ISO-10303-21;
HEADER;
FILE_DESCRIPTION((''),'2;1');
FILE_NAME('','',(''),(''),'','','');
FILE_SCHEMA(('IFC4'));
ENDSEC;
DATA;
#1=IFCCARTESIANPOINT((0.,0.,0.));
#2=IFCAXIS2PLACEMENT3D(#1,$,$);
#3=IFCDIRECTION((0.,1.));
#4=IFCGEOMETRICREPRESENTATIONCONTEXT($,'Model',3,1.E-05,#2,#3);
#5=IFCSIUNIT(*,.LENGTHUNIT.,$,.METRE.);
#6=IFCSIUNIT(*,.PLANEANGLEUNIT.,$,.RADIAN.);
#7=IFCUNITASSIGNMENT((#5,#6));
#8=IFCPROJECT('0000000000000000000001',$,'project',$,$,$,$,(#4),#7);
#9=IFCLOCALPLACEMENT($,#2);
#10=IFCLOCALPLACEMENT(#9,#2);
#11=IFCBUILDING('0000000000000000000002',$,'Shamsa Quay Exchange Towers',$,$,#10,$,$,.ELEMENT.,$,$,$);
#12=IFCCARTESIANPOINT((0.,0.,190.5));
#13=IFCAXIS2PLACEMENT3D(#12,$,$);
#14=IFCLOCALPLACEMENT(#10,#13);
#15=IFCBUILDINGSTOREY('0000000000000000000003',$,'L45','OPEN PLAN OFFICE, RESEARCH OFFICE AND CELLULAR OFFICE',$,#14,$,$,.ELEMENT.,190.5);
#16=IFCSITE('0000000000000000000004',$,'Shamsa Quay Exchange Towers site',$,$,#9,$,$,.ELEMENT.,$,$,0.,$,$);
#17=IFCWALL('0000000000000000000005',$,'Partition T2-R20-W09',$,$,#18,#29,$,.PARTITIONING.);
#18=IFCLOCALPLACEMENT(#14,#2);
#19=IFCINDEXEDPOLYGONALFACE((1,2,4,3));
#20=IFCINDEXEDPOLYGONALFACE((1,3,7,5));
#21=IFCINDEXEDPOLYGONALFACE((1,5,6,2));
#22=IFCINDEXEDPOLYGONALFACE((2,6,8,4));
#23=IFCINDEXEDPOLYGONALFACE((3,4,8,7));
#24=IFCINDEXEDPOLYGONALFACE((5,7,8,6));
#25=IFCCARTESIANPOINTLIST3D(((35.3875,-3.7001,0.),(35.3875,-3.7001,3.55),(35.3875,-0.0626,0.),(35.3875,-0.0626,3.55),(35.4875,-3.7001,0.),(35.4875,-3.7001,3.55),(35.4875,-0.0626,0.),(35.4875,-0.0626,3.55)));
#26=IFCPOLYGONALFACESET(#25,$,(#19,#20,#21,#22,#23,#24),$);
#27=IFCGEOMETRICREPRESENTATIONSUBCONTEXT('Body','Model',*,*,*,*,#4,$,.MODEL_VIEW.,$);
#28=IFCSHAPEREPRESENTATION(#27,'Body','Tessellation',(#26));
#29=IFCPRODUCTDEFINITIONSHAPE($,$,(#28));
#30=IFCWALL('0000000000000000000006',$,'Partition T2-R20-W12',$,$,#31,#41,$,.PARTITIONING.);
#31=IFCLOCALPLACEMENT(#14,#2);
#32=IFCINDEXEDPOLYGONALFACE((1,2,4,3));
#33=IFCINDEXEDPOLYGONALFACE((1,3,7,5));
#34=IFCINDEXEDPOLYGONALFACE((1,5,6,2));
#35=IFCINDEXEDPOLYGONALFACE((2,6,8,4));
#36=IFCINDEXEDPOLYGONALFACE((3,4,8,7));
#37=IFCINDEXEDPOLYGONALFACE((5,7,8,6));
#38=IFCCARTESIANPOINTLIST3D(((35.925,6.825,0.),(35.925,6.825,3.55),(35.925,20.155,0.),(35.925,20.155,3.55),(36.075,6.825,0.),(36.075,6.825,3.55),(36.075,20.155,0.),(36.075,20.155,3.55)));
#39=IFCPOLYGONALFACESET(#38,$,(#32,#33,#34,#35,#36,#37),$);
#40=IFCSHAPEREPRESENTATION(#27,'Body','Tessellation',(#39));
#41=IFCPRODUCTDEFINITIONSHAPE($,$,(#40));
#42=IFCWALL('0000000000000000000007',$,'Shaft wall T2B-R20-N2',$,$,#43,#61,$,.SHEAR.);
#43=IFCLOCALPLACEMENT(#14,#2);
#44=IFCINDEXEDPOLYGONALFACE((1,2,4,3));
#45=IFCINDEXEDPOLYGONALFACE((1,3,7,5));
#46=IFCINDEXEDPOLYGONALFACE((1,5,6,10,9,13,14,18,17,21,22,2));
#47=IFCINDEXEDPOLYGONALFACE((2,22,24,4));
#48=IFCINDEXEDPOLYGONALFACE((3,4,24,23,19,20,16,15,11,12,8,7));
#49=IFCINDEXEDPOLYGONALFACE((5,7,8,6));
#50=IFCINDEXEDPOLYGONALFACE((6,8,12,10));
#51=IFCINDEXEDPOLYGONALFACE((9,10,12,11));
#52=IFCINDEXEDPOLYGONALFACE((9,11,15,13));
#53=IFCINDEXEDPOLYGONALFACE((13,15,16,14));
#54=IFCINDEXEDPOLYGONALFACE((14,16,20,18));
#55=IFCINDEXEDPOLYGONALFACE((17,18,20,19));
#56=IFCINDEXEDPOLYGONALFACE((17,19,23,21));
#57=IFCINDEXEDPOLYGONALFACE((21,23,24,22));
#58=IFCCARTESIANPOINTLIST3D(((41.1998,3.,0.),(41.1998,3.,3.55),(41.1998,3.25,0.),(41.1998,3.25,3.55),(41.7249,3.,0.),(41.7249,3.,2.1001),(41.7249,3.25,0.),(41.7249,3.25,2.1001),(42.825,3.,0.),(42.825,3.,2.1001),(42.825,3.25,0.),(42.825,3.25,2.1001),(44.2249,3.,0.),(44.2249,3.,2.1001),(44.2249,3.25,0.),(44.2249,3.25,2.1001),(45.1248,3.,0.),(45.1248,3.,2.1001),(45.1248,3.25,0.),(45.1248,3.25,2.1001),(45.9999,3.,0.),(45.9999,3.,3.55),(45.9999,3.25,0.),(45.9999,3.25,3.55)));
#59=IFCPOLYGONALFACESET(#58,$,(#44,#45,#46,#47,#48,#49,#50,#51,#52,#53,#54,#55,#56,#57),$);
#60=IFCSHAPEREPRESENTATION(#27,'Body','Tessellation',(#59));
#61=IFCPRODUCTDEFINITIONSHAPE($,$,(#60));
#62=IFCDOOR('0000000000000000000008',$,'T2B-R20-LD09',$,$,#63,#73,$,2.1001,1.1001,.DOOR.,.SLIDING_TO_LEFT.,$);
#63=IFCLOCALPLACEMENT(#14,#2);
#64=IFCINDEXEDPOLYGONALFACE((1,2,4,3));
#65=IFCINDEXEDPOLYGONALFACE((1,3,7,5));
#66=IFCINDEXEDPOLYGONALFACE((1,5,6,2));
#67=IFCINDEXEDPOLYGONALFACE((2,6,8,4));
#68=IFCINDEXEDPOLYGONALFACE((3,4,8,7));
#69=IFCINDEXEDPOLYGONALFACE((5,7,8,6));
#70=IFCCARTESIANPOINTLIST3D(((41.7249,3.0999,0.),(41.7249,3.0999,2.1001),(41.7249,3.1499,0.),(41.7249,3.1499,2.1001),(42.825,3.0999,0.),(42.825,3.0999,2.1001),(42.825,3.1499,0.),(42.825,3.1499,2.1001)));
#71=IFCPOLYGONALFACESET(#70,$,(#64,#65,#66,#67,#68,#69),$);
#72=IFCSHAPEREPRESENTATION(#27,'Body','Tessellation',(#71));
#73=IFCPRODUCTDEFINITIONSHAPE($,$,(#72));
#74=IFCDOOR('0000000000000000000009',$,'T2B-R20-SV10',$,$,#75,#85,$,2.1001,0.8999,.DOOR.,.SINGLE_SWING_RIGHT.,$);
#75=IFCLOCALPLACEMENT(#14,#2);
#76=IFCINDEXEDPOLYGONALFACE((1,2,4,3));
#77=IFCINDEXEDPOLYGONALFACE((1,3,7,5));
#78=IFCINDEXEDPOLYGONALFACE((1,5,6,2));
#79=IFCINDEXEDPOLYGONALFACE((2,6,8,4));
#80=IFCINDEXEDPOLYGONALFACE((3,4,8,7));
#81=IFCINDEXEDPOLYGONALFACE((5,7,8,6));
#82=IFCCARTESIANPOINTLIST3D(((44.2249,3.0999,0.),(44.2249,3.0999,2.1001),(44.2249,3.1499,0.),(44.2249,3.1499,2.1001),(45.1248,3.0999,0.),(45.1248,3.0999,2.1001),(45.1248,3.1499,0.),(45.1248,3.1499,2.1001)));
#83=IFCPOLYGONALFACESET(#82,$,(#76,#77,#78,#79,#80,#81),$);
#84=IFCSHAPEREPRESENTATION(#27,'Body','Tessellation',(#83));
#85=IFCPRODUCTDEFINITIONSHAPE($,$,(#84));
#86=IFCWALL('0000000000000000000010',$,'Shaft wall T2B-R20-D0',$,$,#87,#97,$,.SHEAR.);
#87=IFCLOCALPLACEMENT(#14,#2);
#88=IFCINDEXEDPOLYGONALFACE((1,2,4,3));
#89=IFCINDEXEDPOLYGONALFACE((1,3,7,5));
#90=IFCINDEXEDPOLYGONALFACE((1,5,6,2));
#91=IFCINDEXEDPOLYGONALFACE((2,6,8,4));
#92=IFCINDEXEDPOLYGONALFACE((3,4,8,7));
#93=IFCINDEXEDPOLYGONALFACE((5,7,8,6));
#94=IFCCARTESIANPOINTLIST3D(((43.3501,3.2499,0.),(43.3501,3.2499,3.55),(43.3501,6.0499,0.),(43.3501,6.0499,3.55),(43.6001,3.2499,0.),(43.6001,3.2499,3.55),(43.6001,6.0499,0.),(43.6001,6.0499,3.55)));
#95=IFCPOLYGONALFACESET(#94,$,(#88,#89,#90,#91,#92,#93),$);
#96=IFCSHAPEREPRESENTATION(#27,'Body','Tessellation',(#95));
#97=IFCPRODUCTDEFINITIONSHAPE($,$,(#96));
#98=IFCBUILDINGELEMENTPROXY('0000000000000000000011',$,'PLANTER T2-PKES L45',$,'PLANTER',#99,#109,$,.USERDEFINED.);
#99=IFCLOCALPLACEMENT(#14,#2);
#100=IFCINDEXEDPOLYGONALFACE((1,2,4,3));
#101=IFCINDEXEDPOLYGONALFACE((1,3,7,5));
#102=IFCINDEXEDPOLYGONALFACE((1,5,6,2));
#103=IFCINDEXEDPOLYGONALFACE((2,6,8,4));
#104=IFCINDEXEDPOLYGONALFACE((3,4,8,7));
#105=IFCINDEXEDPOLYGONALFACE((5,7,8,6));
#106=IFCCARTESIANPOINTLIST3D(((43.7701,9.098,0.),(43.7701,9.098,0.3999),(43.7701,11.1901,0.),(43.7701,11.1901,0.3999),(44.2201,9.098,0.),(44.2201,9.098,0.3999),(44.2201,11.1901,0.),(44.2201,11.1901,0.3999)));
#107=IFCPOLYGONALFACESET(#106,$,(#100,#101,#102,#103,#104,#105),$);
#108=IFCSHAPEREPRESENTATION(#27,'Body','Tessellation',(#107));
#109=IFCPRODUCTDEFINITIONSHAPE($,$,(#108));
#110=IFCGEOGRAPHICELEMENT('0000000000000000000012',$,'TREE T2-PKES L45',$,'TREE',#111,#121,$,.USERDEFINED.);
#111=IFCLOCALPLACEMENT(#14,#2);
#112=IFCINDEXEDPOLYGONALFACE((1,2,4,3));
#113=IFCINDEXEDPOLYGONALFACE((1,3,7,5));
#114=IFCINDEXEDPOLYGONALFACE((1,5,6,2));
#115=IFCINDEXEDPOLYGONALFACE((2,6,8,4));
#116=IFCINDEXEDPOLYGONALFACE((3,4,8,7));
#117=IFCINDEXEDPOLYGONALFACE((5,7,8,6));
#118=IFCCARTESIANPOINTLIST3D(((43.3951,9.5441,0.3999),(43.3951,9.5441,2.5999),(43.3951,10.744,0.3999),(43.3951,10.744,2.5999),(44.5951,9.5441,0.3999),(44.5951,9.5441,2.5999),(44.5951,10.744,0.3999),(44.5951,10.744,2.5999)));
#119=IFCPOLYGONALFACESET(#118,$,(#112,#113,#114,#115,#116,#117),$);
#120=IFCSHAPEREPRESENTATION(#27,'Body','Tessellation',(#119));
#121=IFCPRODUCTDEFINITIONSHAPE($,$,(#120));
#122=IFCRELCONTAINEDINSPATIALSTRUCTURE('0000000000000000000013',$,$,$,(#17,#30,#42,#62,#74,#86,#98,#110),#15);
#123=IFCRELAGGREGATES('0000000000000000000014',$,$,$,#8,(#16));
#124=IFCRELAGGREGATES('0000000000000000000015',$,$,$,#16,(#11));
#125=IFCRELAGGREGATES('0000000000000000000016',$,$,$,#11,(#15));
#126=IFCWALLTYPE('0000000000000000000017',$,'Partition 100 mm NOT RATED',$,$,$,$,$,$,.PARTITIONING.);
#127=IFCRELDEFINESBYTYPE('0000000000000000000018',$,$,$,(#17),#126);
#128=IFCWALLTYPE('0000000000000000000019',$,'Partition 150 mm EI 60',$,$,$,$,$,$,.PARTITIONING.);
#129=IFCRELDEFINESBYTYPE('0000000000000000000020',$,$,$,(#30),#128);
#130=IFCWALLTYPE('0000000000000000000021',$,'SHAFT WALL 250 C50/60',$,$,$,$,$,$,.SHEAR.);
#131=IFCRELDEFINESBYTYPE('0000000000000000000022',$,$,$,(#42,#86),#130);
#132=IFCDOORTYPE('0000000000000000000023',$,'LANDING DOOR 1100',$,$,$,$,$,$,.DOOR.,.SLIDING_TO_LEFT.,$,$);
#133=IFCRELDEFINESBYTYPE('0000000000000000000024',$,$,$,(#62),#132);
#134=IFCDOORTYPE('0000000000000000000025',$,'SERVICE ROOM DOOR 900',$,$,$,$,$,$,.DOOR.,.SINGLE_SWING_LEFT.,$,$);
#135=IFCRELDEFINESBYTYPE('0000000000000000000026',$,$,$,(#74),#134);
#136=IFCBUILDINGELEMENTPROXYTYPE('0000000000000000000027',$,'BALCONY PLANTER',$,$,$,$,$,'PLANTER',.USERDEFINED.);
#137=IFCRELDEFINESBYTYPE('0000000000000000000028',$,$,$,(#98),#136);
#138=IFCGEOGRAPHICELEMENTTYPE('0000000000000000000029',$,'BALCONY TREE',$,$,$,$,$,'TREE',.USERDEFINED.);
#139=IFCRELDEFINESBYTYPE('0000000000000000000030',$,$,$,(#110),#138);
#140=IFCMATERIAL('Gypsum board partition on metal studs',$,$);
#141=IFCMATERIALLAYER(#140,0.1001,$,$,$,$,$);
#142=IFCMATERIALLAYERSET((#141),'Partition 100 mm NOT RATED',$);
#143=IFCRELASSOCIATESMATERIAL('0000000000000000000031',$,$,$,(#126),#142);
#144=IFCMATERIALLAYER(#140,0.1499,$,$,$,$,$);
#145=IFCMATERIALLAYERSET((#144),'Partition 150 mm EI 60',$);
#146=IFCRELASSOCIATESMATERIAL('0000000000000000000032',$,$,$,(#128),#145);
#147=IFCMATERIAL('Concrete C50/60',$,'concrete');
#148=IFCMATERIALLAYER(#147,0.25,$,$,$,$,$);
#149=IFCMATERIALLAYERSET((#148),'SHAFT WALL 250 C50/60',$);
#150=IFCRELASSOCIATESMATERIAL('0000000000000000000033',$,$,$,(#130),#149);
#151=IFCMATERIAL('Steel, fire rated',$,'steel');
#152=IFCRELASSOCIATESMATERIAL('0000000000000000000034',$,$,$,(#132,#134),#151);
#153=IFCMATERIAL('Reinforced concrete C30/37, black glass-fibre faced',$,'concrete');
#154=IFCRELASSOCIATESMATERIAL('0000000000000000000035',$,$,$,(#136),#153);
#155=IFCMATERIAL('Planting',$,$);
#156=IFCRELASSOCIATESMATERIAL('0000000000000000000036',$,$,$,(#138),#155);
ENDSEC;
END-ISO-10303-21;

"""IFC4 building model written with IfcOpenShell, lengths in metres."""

from ifc_helpers import new_model, si_unit, direction, frame, frame_2d, origin, origin_2d, place, context, subcontext, project, spatial, rectangle, extrude, material, layer, layer_set, type_object, element, fill, save


model = new_model("IFC4")

# Units and contexts
model_context = context("Model", 3, precision=1e-05, world=origin(), true_north=direction((0.0, 1.0)))
body_context = subcontext(model_context, "Body", "Model", "MODEL_VIEW")
ifc_project = project(units=[si_unit("LENGTHUNIT", "METRE"), si_unit("PLANEANGLEUNIT", "RADIAN")], contexts=[model_context])

# Site, building, storey
site_placement = place(None, origin())
site = spatial("IfcSite", under=ifc_project, at=site_placement, Name="Shamsa Quay Exchange Towers site", CompositionType="ELEMENT", RefElevation=0.0)
building_placement = place(site_placement, origin())
building = spatial("IfcBuilding", under=site, at=building_placement, Name="Shamsa Quay Exchange Towers", CompositionType="ELEMENT")
storey_placement = place(building_placement, frame((0.0, 0.0, 190.5)))
storey = spatial("IfcBuildingStorey", under=building, at=storey_placement, Name="L45", Description="OPEN PLAN OFFICE, RESEARCH OFFICE AND CELLULAR OFFICE", CompositionType="ELEMENT", Elevation=190.5)

# Walls
ifc_material_1 = material(Name="Gypsum board partition on metal studs")
ifc_layer_1 = layer(ifc_material_1, 0.1001)
ifc_layer_set_1 = layer_set([ifc_layer_1], Name="Partition 100 mm NOT RATED")
wall_type_1 = type_object("IfcWallType", Name="Partition 100 mm NOT RATED", PredefinedType="PARTITIONING", material=ifc_layer_set_1)
wall_1_placement = place(storey_placement, frame((35.4375, -0.0625, 0.0), z_axis=(0.0, 0.0, 1.0), x_axis=(0.0, -1.0, 0.0)))
element("IfcWall", 1, at=wall_1_placement, inside=storey, type_object=wall_type_1, Name="Partition T2-R20-W09", PredefinedType="PARTITIONING", context=body_context, shape_type="SweptSolid", body=[
    extrude(rectangle(XDim=3.6375, YDim=0.1001, at=frame_2d((1.8188, 0.0))), origin(), (0.0, 0.0, 1.0), 3.55),
])
ifc_layer_2 = layer(ifc_material_1, 0.1499)
ifc_layer_set_2 = layer_set([ifc_layer_2], Name="Partition 150 mm EI 60")
wall_type_2 = type_object("IfcWallType", Name="Partition 150 mm EI 60", PredefinedType="PARTITIONING", material=ifc_layer_set_2)
wall_2_placement = place(storey_placement, frame((36.0, 20.155, 0.0), z_axis=(0.0, 0.0, 1.0), x_axis=(0.0, -1.0, 0.0)))
element("IfcWall", 2, at=wall_2_placement, inside=storey, type_object=wall_type_2, Name="Partition T2-R20-W12", PredefinedType="PARTITIONING", context=body_context, shape_type="SweptSolid", body=[
    extrude(rectangle(XDim=13.3301, YDim=0.1499, at=frame_2d((6.665, 0.0))), origin(), (0.0, 0.0, 1.0), 3.55),
])

# Wall, openings, doors
ifc_material_2 = material(Name="Concrete C50/60", Category="concrete")
ifc_layer_3 = layer(ifc_material_2, 0.25)
ifc_layer_set_3 = layer_set([ifc_layer_3], Name="SHAFT WALL 250 C50/60")
wall_type_3 = type_object("IfcWallType", Name="SHAFT WALL 250 C50/60", PredefinedType="SHEAR", material=ifc_layer_set_3)
wall_3_placement = place(storey_placement, frame((41.2, 3.125, 0.0)))
wall_3 = element("IfcWall", 3, at=wall_3_placement, inside=storey, type_object=wall_type_3, Name="Shaft wall T2B-R20-N2", PredefinedType="SHEAR", context=body_context, shape_type="SweptSolid", body=[
    extrude(rectangle(XDim=4.8, YDim=0.25, at=frame_2d((2.3999, 0.0))), origin(), (0.0, 0.0, 1.0), 3.55),
])
opening_1_placement = place(wall_3_placement, frame((0.5249, 0.0, 0.0)))
opening_1 = element("IfcOpeningElement", 4, at=opening_1_placement, cuts=wall_3, PredefinedType="OPENING", context=body_context, shape_type="SweptSolid", body=[
    extrude(rectangle(XDim=1.1001, YDim=2.1001, at=frame_2d((0.55, 1.05))), frame((0.0, 0.135, 0.0), z_axis=(0.0, -1.0, 0.0), x_axis=(1.0, 0.0, 0.0)), (0.0, 0.0, 1.0), 0.27),
])
opening_2_placement = place(wall_3_placement, frame((3.0249, 0.0, 0.0)))
opening_2 = element("IfcOpeningElement", 5, at=opening_2_placement, cuts=wall_3, PredefinedType="OPENING", context=body_context, shape_type="SweptSolid", body=[
    extrude(rectangle(XDim=0.8999, YDim=2.1001, at=frame_2d((0.45, 1.05))), frame((0.0, 0.135, 0.0), z_axis=(0.0, -1.0, 0.0), x_axis=(1.0, 0.0, 0.0)), (0.0, 0.0, 1.0), 0.27),
])
ifc_material_3 = material(Name="Steel, fire rated", Category="steel")
door_type_1 = type_object("IfcDoorType", Name="LANDING DOOR 1100", OperationType="SLIDING_TO_LEFT", PredefinedType="DOOR", material=ifc_material_3)
door_1_placement = place(opening_1_placement, origin())
door_1 = element("IfcDoor", 6, at=door_1_placement, inside=storey, type_object=door_type_1, Name="T2B-R20-LD09", OperationType="SLIDING_TO_LEFT", OverallHeight=2.1001, OverallWidth=1.1001, PredefinedType="DOOR", context=body_context, shape_type="SweptSolid", body=[
    extrude(rectangle(XDim=1.1001, YDim=2.1001, at=frame_2d((0.55, 1.05))), frame((0.0, 0.0249, 0.0), z_axis=(0.0, -1.0, 0.0), x_axis=(1.0, 0.0, 0.0)), (0.0, 0.0, 1.0), 0.05),
])
fill(opening_1, door_1)
door_type_2 = type_object("IfcDoorType", Name="SERVICE ROOM DOOR 900", OperationType="SINGLE_SWING_LEFT", PredefinedType="DOOR", material=ifc_material_3)
door_2_placement = place(opening_2_placement, origin())
door_2 = element("IfcDoor", 7, at=door_2_placement, inside=storey, type_object=door_type_2, Name="T2B-R20-SV10", OperationType="SINGLE_SWING_RIGHT", OverallHeight=2.1001, OverallWidth=0.8999, PredefinedType="DOOR", context=body_context, shape_type="SweptSolid", body=[
    extrude(rectangle(XDim=0.8999, YDim=2.1001, at=frame_2d((0.45, 1.05))), frame((0.0, 0.0249, 0.0), z_axis=(0.0, -1.0, 0.0), x_axis=(1.0, 0.0, 0.0)), (0.0, 0.0, 1.0), 0.05),
])
fill(opening_2, door_2)

# Wall
wall_4_placement = place(storey_placement, frame((43.4751, 3.25, 0.0), z_axis=(0.0, 0.0, 1.0), x_axis=(0.0, 1.0, 0.0)))
element("IfcWall", 8, at=wall_4_placement, inside=storey, type_object=wall_type_3, Name="Shaft wall T2B-R20-D0", PredefinedType="SHEAR", context=body_context, shape_type="SweptSolid", body=[
    extrude(rectangle(XDim=2.8, YDim=0.25, at=frame_2d((1.3999, 0.0))), origin(), (0.0, 0.0, 1.0), 3.55),
])

# Building element proxy
ifc_material_4 = material(Name="Reinforced concrete C30/37, black glass-fibre faced", Category="concrete")
building_element_proxy_type = type_object("IfcBuildingElementProxyType", Name="BALCONY PLANTER", ElementType="PLANTER", PredefinedType="USERDEFINED", material=ifc_material_4)
proxy_placement = place(storey_placement, frame((43.9951, 10.144, 0.0), z_axis=(0.0, 0.0, 1.0), x_axis=(0.0, 1.0, 0.0)))
element("IfcBuildingElementProxy", 9, at=proxy_placement, inside=storey, type_object=building_element_proxy_type, Name="PLANTER T2-PKES L45", ObjectType="PLANTER", PredefinedType="USERDEFINED", context=body_context, shape_type="SweptSolid", body=[
    extrude(rectangle(XDim=2.092, YDim=0.45, at=origin_2d()), origin(), (0.0, 0.0, 1.0), 0.3999),
])

# Geographic element
ifc_material_5 = material(Name="Planting")
geographic_element_type = type_object("IfcGeographicElementType", Name="BALCONY TREE", ElementType="TREE", PredefinedType="USERDEFINED", material=ifc_material_5)
geographic_element_placement = place(storey_placement, frame((43.9951, 10.144, 0.3999), z_axis=(0.0, 0.0, 1.0), x_axis=(0.0, 1.0, 0.0)))
element("IfcGeographicElement", 10, at=geographic_element_placement, inside=storey, type_object=geographic_element_type, Name="TREE T2-PKES L45", ObjectType="TREE", PredefinedType="USERDEFINED", context=body_context, shape_type="SweptSolid", body=[
    extrude(rectangle(XDim=1.2, YDim=1.2, at=origin_2d()), origin(), (0.0, 0.0, 1.0), 2.2),
])

save(model, "model.ifc")
